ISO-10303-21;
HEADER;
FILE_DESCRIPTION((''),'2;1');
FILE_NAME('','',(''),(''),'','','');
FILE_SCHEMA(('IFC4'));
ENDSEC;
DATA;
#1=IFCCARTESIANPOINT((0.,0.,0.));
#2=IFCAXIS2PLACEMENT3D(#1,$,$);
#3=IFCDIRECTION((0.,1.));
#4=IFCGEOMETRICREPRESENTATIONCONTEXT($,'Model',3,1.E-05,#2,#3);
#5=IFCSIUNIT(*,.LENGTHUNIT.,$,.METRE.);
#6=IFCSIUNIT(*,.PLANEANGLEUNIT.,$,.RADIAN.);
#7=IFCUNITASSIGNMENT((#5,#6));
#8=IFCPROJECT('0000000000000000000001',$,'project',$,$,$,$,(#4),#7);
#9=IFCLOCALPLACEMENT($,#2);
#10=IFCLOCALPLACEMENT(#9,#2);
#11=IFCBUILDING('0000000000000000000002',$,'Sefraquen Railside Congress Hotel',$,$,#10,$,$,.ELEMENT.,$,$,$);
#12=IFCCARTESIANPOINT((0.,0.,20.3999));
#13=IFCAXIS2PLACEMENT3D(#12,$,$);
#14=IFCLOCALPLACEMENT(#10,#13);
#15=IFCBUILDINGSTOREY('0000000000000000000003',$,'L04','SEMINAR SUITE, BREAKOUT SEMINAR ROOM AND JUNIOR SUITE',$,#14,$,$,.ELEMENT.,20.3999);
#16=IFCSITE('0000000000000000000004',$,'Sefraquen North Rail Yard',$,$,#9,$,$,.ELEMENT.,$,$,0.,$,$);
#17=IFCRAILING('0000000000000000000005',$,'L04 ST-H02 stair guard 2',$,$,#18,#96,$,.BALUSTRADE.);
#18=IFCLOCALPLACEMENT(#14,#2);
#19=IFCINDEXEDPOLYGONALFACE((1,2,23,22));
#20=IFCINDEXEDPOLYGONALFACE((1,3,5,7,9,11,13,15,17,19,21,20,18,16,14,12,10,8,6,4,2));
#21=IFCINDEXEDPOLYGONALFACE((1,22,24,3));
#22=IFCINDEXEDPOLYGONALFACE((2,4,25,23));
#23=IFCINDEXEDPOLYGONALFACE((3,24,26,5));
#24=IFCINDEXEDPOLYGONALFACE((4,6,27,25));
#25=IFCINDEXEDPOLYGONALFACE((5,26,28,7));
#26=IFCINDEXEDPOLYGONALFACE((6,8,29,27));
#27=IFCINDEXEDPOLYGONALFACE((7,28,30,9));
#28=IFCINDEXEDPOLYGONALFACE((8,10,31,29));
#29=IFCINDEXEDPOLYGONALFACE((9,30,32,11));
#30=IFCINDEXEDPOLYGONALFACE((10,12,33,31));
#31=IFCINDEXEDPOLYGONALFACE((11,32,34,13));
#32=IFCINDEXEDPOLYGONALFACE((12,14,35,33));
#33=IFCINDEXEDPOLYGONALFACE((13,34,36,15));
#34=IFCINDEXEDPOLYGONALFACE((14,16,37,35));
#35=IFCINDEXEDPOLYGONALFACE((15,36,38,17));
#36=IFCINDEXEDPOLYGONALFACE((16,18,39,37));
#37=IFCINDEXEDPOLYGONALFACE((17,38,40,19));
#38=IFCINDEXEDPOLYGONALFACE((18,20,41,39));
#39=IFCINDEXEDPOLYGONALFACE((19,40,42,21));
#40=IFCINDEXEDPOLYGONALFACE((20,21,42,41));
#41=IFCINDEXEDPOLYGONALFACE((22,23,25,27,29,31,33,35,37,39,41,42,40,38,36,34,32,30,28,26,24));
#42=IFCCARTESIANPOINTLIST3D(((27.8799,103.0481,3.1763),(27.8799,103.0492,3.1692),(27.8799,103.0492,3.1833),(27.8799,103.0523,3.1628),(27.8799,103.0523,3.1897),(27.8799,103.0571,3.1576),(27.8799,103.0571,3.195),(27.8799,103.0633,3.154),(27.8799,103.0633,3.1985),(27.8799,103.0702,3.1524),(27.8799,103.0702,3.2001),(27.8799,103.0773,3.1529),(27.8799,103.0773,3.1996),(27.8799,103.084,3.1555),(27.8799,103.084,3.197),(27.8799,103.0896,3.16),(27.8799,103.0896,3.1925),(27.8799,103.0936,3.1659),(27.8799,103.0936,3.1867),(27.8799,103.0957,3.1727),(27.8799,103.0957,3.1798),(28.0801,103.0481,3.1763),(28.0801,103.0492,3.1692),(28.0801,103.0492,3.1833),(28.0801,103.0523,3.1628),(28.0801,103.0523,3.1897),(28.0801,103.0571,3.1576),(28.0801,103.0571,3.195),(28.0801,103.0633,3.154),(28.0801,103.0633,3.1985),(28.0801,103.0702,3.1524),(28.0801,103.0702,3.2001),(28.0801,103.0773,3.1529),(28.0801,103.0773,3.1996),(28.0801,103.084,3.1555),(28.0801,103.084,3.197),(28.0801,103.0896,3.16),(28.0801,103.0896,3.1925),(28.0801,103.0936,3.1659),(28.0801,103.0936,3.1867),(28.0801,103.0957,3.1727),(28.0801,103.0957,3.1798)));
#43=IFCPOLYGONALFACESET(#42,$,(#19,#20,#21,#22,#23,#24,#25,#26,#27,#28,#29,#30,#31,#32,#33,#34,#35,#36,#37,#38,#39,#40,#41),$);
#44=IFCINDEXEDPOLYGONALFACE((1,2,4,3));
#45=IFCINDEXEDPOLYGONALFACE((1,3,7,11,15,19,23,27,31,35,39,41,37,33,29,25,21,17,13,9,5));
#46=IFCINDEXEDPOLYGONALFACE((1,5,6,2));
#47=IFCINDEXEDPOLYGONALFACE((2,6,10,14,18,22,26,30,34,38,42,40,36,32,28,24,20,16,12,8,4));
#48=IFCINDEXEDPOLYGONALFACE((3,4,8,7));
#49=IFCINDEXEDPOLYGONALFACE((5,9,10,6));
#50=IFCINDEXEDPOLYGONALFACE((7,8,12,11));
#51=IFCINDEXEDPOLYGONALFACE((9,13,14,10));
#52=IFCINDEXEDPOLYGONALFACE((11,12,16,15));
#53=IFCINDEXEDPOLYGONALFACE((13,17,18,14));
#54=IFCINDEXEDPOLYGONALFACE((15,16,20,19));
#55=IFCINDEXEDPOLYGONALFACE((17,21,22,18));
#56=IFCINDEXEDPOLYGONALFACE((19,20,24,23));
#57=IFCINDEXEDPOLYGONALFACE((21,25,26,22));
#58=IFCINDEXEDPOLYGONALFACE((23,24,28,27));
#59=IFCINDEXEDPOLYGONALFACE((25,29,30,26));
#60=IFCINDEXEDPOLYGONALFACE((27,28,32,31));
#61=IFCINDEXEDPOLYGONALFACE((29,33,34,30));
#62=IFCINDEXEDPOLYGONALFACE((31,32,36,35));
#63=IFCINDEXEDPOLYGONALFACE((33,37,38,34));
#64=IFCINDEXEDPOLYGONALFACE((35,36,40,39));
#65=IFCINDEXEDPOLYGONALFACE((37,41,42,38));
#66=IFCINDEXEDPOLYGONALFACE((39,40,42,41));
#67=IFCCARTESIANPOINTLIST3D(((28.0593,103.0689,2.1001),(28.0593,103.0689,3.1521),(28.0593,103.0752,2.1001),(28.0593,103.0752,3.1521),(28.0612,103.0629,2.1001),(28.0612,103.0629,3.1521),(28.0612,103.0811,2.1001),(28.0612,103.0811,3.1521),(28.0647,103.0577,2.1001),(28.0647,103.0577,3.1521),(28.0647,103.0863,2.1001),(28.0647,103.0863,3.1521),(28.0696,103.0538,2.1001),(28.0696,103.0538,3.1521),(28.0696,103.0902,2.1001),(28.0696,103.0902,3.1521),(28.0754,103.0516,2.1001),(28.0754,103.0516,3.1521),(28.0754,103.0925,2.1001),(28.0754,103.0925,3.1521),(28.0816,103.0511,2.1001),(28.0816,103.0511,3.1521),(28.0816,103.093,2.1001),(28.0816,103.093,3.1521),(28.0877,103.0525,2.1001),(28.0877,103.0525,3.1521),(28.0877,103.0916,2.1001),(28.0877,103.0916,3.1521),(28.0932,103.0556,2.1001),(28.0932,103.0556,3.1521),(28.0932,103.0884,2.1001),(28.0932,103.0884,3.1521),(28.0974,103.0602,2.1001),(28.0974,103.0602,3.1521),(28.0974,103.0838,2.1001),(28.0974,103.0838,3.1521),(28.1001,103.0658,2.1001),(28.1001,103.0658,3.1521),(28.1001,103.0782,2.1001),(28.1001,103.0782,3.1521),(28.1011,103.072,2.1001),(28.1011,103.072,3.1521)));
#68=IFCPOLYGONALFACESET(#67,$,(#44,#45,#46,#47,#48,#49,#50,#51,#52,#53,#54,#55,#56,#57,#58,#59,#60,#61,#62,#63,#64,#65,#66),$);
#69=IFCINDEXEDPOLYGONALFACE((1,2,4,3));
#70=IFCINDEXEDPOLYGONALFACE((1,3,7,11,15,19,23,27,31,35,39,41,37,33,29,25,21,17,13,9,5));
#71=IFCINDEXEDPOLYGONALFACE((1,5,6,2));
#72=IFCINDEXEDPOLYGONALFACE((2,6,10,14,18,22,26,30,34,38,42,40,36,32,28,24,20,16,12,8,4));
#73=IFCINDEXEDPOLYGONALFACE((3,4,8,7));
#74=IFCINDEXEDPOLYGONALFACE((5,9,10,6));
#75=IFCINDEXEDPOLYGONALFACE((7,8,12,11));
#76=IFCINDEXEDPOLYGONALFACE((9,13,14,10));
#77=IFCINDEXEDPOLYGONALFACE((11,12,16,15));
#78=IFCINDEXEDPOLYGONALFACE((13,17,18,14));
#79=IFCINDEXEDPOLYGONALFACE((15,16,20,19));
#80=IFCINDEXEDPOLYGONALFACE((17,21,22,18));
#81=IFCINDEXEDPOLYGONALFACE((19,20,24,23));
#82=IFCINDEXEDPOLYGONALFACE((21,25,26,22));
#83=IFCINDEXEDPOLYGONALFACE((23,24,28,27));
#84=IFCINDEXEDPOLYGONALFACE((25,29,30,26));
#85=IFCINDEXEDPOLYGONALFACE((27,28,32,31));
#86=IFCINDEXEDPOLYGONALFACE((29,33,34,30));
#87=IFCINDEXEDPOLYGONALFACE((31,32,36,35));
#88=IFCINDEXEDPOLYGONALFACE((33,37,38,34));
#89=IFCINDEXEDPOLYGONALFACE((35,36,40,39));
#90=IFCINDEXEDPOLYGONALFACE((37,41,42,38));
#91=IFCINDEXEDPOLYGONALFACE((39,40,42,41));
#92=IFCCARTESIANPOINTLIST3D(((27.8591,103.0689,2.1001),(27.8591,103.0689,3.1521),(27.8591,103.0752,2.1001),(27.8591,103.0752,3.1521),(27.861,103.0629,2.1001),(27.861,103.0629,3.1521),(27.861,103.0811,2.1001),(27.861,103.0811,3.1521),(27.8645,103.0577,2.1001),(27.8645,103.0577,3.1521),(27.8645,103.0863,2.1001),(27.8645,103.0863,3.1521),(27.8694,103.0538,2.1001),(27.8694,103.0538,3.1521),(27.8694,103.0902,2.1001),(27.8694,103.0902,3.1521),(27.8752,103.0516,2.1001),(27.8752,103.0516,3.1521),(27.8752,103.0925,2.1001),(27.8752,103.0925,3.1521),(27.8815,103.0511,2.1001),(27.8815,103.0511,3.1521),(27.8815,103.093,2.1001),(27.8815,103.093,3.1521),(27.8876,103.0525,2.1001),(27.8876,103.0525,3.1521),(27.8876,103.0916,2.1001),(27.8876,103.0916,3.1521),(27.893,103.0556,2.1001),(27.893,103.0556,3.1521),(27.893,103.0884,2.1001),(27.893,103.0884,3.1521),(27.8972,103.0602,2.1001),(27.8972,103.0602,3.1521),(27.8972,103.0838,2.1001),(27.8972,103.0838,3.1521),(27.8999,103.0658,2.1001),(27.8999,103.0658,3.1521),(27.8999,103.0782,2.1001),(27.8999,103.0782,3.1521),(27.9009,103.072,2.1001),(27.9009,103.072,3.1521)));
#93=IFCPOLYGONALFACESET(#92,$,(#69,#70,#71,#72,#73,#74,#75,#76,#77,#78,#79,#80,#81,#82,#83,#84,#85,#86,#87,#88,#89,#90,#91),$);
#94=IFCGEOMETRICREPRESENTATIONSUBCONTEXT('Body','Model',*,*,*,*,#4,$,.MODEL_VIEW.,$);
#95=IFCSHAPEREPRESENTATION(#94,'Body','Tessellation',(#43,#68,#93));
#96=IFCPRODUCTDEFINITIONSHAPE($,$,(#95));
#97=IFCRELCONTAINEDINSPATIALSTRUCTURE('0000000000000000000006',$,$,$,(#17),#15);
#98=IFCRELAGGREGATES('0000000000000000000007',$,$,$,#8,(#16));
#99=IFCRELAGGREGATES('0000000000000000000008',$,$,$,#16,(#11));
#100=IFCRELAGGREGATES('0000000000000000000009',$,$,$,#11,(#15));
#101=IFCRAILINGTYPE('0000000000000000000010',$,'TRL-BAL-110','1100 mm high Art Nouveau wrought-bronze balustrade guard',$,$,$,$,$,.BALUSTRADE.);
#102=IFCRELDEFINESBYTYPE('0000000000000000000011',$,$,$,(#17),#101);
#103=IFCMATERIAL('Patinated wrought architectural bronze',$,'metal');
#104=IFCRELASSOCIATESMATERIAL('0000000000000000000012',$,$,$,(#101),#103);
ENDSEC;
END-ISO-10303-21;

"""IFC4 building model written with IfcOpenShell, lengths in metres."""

from ifc_helpers import new_model, si_unit, direction, frame, origin, origin_2d, place, context, subcontext, project, spatial, circle, extrude, material, type_object, element, save


model = new_model("IFC4")

# Units and contexts
model_context = context("Model", 3, precision=1e-05, world=origin(), true_north=direction((0.0, 1.0)))
body_context = subcontext(model_context, "Body", "Model", "MODEL_VIEW")
ifc_project = project(units=[si_unit("LENGTHUNIT", "METRE"), si_unit("PLANEANGLEUNIT", "RADIAN")], contexts=[model_context])

# Site, building, storey
site_placement = place(None, origin())
site = spatial("IfcSite", under=ifc_project, at=site_placement, Name="Sefraquen North Rail Yard", CompositionType="ELEMENT", RefElevation=0.0)
building_placement = place(site_placement, origin())
building = spatial("IfcBuilding", under=site, at=building_placement, Name="Sefraquen Railside Congress Hotel", CompositionType="ELEMENT")
storey_placement = place(building_placement, frame((0.0, 0.0, 20.3999)))
storey = spatial("IfcBuildingStorey", under=building, at=storey_placement, Name="L04", Description="SEMINAR SUITE, BREAKOUT SEMINAR ROOM AND JUNIOR SUITE", CompositionType="ELEMENT", Elevation=20.3999)

# Railing
ifc_material_1 = material(Name="Patinated wrought architectural bronze", Category="metal")
railing_type_1 = type_object("IfcRailingType", Name="TRL-BAL-110", Description="1100 mm high Art Nouveau wrought-bronze balustrade guard", PredefinedType="BALUSTRADE", material=ifc_material_1)
railing_1_placement = place(storey_placement, frame((28.0801, 103.072, 2.1001)))
element("IfcRailing", 1, at=railing_1_placement, inside=storey, type_object=railing_type_1, Name="L04 ST-H02 stair guard 2", PredefinedType="BALUSTRADE", context=body_context, shape_type="SweptSolid", body=[
    extrude(circle(Radius=0.0239, at=origin_2d()), frame((0.0, 0.0, 1.0762), z_axis=(-1.0, 0.0, 0.0), x_axis=(0.0, -1.0, 0.0)), (0.0, 0.0, 1.0), 0.2002),
    extrude(circle(Radius=0.021, at=origin_2d()), origin(), (0.0, 0.0, 1.0), 1.052),
    extrude(circle(Radius=0.021, at=origin_2d()), frame((-0.2002, 0.0, 0.0)), (0.0, 0.0, 1.0), 1.052),
])

save(model, "model.ifc")
